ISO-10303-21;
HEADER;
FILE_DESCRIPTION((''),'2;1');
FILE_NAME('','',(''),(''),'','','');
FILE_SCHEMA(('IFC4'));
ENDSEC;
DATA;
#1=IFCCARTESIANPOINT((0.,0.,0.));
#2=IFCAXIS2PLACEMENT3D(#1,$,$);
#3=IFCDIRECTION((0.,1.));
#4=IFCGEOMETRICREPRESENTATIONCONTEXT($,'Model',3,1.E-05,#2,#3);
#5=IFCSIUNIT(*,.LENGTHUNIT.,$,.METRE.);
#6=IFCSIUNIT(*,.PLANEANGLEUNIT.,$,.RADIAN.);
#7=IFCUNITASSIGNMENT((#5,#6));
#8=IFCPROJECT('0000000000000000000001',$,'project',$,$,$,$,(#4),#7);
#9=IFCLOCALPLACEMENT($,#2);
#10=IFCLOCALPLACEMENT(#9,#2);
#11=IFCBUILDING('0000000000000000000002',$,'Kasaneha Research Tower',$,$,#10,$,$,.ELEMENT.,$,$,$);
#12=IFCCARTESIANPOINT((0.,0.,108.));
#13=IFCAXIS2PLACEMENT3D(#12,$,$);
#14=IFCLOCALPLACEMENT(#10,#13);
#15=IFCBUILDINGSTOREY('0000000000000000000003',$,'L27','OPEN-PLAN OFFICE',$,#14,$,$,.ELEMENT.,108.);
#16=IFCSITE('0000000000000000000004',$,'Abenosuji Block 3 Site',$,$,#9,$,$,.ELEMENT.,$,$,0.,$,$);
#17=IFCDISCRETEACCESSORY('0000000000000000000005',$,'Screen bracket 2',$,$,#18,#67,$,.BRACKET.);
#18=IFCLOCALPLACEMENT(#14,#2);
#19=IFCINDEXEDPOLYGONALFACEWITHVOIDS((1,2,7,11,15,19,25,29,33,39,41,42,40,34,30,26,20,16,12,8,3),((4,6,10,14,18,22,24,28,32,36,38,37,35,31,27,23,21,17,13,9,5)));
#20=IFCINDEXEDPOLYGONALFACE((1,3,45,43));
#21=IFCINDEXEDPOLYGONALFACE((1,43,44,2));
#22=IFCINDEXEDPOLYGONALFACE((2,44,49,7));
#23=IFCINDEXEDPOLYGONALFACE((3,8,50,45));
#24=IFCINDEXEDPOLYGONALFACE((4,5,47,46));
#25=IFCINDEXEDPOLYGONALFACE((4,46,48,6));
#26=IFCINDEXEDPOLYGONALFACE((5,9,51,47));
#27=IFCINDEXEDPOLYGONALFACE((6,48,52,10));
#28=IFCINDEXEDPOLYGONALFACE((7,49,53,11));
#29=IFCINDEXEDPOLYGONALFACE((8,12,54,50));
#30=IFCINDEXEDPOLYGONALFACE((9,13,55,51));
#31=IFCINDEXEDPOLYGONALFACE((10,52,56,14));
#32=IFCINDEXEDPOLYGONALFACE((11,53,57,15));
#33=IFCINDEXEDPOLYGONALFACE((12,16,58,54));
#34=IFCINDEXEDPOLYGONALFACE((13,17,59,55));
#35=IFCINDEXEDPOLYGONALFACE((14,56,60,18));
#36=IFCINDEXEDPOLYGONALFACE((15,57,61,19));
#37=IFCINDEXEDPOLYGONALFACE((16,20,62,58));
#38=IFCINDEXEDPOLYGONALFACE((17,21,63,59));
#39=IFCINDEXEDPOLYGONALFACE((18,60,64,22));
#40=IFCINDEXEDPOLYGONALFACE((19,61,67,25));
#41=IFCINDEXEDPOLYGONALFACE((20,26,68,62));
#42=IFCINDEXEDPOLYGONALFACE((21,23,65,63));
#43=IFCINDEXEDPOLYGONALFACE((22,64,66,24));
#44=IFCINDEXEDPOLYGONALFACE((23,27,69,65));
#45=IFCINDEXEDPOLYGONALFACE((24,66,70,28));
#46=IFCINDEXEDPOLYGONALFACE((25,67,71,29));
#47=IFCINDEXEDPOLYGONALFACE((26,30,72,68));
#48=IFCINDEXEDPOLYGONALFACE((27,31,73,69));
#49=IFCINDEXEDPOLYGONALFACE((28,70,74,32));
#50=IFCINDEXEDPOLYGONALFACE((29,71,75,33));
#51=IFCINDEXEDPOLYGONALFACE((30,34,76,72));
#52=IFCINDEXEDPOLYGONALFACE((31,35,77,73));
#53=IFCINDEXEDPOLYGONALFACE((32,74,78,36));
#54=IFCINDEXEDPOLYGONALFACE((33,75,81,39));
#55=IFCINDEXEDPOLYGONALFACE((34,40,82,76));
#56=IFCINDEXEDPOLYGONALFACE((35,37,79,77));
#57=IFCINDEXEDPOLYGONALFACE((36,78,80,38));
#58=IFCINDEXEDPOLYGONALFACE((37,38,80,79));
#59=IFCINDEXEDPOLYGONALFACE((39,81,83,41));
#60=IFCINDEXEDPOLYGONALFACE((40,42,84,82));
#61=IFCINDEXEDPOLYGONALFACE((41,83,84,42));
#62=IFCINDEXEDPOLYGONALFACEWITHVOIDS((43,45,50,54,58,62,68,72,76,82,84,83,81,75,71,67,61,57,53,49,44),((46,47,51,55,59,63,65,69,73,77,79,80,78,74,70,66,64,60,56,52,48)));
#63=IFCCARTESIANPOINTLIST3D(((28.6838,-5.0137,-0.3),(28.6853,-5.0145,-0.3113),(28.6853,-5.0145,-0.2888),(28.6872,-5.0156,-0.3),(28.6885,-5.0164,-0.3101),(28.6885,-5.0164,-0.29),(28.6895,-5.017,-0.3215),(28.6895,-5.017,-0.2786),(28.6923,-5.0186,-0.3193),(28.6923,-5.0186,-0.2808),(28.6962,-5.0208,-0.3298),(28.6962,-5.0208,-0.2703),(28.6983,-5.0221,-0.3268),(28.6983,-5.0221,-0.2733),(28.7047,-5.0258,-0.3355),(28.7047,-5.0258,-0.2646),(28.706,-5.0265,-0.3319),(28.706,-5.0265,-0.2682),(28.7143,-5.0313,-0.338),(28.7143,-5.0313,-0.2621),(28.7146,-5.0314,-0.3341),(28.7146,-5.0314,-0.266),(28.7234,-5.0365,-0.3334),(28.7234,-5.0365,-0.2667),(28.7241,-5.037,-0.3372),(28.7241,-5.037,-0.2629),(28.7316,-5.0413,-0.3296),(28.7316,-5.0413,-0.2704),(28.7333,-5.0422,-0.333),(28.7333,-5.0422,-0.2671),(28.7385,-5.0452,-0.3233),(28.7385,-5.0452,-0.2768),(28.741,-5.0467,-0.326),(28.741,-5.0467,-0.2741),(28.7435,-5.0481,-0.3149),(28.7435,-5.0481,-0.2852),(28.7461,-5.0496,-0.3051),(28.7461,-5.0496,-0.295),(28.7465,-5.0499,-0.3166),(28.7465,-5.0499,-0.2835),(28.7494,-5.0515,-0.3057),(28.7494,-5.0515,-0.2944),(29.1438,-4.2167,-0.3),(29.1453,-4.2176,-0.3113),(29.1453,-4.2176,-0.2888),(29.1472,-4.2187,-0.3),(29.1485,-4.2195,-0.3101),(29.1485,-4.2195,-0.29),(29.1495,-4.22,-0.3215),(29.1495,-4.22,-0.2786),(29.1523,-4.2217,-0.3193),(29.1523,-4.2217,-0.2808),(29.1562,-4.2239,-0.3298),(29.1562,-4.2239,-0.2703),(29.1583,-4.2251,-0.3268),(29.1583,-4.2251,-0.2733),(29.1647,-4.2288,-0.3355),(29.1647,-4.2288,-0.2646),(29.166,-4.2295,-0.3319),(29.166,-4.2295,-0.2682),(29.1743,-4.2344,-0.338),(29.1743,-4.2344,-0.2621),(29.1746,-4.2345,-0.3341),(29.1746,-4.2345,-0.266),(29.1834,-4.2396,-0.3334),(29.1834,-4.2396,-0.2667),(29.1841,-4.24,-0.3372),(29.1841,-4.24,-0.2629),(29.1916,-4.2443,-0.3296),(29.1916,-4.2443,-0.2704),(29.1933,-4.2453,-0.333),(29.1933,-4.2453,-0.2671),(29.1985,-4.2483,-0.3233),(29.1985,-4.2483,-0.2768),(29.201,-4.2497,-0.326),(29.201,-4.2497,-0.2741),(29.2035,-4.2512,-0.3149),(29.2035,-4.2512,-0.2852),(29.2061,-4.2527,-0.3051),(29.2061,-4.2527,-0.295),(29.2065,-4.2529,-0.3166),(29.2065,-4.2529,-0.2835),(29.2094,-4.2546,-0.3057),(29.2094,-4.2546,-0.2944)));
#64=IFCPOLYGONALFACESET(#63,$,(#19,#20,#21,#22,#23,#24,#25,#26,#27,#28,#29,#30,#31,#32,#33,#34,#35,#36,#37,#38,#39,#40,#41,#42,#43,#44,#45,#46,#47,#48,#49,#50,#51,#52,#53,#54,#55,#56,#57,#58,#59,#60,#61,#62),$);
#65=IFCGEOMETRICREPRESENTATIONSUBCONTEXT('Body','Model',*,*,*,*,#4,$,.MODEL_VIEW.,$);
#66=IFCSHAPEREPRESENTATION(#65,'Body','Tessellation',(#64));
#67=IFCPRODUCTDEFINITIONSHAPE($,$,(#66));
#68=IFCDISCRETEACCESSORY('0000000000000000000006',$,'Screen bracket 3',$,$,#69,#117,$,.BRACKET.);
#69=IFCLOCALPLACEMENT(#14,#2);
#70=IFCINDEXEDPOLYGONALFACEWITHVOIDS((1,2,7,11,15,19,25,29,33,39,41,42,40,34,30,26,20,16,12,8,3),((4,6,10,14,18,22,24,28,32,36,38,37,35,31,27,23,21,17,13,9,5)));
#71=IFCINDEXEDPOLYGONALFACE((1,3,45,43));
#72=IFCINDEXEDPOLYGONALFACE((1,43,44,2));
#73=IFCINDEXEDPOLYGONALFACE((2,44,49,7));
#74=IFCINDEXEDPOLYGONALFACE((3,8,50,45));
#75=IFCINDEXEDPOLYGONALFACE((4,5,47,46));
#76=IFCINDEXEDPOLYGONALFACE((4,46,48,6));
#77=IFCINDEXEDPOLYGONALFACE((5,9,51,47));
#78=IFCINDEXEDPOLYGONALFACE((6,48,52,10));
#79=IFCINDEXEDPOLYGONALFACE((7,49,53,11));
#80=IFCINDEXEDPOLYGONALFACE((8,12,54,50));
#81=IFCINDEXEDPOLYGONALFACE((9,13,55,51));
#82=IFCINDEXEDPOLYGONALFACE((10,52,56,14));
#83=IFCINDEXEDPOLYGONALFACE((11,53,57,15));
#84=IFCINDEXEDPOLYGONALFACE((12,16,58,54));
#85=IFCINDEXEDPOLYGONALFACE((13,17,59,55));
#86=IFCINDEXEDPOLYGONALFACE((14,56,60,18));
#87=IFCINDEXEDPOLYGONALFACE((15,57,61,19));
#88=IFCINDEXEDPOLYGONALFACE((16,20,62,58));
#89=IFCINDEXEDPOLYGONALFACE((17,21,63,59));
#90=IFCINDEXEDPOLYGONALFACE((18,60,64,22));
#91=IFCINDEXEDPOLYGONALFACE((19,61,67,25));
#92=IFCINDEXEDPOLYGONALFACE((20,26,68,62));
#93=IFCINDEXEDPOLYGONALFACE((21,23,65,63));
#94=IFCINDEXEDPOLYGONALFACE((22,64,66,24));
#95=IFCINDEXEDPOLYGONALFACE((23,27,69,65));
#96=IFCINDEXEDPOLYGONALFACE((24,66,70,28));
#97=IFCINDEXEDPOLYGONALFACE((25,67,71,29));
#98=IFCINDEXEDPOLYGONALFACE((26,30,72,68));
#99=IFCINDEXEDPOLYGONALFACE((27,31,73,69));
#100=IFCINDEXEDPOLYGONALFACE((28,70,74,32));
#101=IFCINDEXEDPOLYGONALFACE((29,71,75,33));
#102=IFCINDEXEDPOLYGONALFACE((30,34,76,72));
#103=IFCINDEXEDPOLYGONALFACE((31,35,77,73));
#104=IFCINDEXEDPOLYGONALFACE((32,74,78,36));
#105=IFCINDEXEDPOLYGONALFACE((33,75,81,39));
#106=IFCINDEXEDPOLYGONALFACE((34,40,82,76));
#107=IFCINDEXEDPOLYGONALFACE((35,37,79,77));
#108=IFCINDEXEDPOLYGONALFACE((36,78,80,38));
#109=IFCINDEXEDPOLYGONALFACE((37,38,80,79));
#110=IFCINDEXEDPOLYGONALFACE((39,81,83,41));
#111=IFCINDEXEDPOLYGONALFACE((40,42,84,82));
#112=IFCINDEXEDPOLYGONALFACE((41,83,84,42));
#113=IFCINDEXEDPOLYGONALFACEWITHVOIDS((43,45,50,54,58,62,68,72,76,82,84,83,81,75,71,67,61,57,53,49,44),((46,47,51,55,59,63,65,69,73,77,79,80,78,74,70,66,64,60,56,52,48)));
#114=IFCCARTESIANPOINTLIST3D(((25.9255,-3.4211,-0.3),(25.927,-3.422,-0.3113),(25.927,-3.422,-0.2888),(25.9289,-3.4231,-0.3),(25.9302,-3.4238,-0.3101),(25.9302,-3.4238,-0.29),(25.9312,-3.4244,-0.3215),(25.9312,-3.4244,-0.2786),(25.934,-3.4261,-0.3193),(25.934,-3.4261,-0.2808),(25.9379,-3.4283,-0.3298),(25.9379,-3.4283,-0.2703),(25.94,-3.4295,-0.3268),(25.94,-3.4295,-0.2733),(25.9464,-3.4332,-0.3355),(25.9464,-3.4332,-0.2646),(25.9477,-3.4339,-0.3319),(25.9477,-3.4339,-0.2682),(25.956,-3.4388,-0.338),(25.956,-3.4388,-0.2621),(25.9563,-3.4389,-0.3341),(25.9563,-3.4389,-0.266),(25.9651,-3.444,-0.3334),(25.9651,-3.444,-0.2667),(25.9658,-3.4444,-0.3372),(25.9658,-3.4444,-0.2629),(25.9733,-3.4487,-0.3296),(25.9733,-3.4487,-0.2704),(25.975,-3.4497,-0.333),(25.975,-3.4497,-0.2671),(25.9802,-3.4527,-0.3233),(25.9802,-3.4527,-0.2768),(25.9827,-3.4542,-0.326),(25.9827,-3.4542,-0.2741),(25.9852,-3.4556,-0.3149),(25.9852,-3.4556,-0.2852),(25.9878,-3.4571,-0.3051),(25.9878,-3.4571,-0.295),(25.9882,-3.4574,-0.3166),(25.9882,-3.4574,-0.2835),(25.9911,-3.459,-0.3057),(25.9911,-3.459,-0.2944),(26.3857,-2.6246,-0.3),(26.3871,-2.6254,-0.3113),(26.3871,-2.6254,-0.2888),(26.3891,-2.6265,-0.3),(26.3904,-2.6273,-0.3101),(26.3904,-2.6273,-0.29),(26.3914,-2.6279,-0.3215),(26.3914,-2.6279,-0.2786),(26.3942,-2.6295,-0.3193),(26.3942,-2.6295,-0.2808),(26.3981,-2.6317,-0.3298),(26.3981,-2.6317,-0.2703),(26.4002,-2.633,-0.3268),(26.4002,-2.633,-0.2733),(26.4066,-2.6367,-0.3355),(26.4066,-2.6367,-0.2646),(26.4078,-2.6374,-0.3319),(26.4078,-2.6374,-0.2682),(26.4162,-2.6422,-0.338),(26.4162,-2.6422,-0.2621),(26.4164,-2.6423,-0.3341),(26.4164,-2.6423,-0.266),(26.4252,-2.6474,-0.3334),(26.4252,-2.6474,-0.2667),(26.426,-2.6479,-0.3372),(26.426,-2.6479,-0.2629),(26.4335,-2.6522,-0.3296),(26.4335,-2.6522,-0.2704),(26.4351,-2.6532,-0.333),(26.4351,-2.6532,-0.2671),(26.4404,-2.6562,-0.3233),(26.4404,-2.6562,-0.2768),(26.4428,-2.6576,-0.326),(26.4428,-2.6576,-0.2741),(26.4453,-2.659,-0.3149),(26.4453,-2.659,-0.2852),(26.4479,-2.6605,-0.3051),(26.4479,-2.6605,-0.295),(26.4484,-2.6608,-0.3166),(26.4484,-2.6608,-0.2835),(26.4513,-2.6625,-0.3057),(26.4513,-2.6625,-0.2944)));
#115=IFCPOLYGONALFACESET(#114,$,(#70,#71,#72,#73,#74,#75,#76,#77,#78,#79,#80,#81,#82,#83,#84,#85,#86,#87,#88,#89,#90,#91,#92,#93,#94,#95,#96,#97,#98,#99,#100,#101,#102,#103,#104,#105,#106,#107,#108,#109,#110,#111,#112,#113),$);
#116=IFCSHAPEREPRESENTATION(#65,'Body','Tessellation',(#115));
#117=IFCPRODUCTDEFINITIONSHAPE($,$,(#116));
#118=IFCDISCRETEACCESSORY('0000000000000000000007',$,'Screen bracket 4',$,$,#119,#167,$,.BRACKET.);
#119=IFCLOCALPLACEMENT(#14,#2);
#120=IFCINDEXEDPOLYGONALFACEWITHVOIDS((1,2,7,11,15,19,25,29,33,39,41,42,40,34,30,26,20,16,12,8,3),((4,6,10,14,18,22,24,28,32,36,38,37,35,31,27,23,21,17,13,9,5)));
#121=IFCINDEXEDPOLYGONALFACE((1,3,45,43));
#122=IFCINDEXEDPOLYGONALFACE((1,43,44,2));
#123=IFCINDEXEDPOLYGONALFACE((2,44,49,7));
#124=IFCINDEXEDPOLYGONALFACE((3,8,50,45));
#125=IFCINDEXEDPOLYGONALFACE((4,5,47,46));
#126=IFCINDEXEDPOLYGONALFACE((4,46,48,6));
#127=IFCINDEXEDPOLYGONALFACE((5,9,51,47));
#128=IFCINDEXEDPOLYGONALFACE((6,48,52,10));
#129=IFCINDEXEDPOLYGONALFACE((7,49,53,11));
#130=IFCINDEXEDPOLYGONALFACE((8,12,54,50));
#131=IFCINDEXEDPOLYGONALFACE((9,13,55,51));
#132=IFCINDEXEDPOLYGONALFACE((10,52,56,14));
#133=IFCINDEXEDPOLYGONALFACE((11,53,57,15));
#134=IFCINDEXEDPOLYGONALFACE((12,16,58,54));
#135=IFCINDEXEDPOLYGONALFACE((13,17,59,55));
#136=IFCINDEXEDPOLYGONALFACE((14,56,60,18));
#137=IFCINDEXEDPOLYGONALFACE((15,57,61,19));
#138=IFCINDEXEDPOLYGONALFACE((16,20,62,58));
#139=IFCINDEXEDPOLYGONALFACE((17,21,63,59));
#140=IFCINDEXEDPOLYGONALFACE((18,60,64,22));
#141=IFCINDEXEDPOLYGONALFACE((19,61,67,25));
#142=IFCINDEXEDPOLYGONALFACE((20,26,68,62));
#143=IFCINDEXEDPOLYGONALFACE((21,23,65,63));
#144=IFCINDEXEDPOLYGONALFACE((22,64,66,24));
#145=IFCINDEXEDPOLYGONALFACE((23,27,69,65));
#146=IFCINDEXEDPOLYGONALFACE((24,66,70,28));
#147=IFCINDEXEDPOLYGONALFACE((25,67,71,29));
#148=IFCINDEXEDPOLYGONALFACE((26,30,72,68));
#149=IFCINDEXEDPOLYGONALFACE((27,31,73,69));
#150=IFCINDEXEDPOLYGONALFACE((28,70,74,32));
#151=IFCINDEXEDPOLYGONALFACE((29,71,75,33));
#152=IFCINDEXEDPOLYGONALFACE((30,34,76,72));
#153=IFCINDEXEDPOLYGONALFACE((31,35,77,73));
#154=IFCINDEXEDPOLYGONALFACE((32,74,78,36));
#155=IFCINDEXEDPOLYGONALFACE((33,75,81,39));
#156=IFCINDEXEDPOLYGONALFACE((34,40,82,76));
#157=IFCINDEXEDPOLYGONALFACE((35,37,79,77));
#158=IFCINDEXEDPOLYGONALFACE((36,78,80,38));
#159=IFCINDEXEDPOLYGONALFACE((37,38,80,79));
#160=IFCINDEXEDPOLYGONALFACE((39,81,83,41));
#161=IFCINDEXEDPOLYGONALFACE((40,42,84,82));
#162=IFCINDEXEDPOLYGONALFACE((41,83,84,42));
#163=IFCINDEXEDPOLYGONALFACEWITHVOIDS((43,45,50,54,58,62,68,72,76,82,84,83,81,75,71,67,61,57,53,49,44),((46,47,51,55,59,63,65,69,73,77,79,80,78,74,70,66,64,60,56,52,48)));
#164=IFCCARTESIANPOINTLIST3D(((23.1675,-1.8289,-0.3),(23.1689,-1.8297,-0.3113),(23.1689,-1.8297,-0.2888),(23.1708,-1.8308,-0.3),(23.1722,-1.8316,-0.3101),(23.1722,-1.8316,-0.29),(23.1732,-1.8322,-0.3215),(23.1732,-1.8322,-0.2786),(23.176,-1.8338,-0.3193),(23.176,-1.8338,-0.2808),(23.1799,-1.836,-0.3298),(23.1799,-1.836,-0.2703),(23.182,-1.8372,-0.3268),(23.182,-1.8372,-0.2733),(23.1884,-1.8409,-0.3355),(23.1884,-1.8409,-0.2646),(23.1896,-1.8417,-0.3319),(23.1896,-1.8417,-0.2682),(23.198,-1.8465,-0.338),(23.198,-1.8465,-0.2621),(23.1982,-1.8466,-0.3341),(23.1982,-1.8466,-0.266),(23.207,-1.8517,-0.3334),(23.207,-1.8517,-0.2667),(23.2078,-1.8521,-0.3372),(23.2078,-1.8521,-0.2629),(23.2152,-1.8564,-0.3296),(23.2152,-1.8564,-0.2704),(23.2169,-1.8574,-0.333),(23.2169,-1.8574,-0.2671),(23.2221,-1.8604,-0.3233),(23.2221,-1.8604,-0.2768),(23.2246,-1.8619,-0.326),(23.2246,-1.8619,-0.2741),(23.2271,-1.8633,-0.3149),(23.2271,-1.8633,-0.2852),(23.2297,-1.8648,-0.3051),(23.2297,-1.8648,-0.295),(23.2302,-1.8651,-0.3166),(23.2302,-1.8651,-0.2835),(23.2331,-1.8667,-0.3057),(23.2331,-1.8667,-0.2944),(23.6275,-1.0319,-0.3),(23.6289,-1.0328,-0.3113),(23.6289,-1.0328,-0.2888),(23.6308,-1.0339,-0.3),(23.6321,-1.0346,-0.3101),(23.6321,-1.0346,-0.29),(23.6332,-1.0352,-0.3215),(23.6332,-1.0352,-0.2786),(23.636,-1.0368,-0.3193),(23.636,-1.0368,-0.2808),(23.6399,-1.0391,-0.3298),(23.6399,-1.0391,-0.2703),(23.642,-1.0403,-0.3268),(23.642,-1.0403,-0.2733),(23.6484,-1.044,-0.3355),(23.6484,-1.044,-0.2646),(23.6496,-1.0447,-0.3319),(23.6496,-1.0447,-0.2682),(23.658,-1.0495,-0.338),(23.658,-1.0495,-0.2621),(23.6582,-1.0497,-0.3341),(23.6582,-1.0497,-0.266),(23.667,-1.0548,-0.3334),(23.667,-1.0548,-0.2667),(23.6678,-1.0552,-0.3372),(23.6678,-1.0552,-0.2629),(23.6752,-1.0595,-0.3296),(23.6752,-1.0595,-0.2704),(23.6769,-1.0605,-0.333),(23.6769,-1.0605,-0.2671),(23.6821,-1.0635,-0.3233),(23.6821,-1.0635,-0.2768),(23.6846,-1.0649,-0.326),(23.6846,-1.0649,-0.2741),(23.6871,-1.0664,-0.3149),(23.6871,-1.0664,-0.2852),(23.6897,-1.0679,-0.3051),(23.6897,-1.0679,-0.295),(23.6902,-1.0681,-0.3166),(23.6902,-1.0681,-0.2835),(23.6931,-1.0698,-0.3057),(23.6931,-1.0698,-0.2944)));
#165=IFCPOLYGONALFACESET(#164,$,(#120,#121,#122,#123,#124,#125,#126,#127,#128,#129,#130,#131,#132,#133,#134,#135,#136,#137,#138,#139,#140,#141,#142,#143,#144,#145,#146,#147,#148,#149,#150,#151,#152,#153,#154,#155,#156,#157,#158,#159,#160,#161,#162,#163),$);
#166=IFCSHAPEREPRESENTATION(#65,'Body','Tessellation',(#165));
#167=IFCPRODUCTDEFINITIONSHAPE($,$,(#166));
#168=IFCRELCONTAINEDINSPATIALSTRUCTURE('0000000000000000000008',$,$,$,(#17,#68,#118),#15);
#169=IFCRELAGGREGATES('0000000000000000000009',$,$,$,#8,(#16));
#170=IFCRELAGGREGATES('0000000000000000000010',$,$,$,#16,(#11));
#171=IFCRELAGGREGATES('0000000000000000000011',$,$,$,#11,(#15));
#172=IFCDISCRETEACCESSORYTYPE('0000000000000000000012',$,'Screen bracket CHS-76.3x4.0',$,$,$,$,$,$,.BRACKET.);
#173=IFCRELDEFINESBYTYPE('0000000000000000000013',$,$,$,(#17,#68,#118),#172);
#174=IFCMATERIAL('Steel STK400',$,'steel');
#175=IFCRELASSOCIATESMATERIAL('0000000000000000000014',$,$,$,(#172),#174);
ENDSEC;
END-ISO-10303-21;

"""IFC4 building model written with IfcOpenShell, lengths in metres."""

from ifc_helpers import new_model, si_unit, direction, frame, origin, origin_2d, place, context, subcontext, project, spatial, hollow_circle, extrude, material, material_profile, profile_set, type_object, element, save


model = new_model("IFC4")

# Units and contexts
model_context = context("Model", 3, precision=1e-05, world=origin(), true_north=direction((0.0, 1.0)))
body_context = subcontext(model_context, "Body", "Model", "MODEL_VIEW")
ifc_project = project(units=[si_unit("LENGTHUNIT", "METRE"), si_unit("PLANEANGLEUNIT", "RADIAN")], contexts=[model_context])

# Site, building, storey
site_placement = place(None, origin())
site = spatial("IfcSite", under=ifc_project, at=site_placement, Name="Abenosuji Block 3 Site", CompositionType="ELEMENT", RefElevation=0.0)
building_placement = place(site_placement, origin())
building = spatial("IfcBuilding", under=site, at=building_placement, Name="Kasaneha Research Tower", CompositionType="ELEMENT")
storey_placement = place(building_placement, frame((0.0, 0.0, 108.0)))
storey = spatial("IfcBuildingStorey", under=building, at=storey_placement, Name="L27", Description="OPEN-PLAN OFFICE", CompositionType="ELEMENT", Elevation=108.0)

# Discrete accessories
ifc_material_1 = material(Name="Steel STK400", Category="steel")
ifc_material_profile_1 = material_profile(ifc_material_1, hollow_circle(Radius=0.0381, WallThickness=0.0039, at=origin_2d()), Name="CHS-76.3x4.0")
ifc_profile_set_1 = profile_set([ifc_material_profile_1], Name="Steel STK400")
discrete_accessory_type = type_object("IfcDiscreteAccessoryType", Name="Screen bracket CHS-76.3x4.0", PredefinedType="BRACKET", material=ifc_profile_set_1)
discrete_accessory_1_placement = place(storey_placement, frame((28.7168, -5.0327, -0.3), z_axis=(0.499906, 0.86608, 0.0), x_axis=(-0.86608, 0.499906, 0.0)))
element("IfcDiscreteAccessory", 1, at=discrete_accessory_1_placement, inside=storey, type_object=discrete_accessory_type, Name="Screen bracket 2", PredefinedType="BRACKET", context=body_context, shape_type="SweptSolid", body=[
    extrude(hollow_circle(Radius=0.0381, WallThickness=0.0039, at=origin_2d()), origin(), (0.0, 0.0, 1.0), 0.9202),
])
discrete_accessory_2_placement = place(storey_placement, frame((25.9585, -3.4402, -0.3), z_axis=(0.50022, 0.865898, 0.0), x_axis=(-0.865898, 0.50022, 0.0)))
element("IfcDiscreteAccessory", 2, at=discrete_accessory_2_placement, inside=storey, type_object=discrete_accessory_type, Name="Screen bracket 3", PredefinedType="BRACKET", context=body_context, shape_type="SweptSolid", body=[
    extrude(hollow_circle(Radius=0.0381, WallThickness=0.0039, at=origin_2d()), origin(), (0.0, 0.0, 1.0), 0.9199),
])
discrete_accessory_3_placement = place(storey_placement, frame((23.2004, -1.8479, -0.3), z_axis=(0.499906, 0.86608, 0.0), x_axis=(-0.86608, 0.499906, 0.0)))
element("IfcDiscreteAccessory", 3, at=discrete_accessory_3_placement, inside=storey, type_object=discrete_accessory_type, Name="Screen bracket 4", PredefinedType="BRACKET", context=body_context, shape_type="SweptSolid", body=[
    extrude(hollow_circle(Radius=0.0381, WallThickness=0.0039, at=origin_2d()), origin(), (0.0, 0.0, 1.0), 0.9202),
])

save(model, "model.ifc")
